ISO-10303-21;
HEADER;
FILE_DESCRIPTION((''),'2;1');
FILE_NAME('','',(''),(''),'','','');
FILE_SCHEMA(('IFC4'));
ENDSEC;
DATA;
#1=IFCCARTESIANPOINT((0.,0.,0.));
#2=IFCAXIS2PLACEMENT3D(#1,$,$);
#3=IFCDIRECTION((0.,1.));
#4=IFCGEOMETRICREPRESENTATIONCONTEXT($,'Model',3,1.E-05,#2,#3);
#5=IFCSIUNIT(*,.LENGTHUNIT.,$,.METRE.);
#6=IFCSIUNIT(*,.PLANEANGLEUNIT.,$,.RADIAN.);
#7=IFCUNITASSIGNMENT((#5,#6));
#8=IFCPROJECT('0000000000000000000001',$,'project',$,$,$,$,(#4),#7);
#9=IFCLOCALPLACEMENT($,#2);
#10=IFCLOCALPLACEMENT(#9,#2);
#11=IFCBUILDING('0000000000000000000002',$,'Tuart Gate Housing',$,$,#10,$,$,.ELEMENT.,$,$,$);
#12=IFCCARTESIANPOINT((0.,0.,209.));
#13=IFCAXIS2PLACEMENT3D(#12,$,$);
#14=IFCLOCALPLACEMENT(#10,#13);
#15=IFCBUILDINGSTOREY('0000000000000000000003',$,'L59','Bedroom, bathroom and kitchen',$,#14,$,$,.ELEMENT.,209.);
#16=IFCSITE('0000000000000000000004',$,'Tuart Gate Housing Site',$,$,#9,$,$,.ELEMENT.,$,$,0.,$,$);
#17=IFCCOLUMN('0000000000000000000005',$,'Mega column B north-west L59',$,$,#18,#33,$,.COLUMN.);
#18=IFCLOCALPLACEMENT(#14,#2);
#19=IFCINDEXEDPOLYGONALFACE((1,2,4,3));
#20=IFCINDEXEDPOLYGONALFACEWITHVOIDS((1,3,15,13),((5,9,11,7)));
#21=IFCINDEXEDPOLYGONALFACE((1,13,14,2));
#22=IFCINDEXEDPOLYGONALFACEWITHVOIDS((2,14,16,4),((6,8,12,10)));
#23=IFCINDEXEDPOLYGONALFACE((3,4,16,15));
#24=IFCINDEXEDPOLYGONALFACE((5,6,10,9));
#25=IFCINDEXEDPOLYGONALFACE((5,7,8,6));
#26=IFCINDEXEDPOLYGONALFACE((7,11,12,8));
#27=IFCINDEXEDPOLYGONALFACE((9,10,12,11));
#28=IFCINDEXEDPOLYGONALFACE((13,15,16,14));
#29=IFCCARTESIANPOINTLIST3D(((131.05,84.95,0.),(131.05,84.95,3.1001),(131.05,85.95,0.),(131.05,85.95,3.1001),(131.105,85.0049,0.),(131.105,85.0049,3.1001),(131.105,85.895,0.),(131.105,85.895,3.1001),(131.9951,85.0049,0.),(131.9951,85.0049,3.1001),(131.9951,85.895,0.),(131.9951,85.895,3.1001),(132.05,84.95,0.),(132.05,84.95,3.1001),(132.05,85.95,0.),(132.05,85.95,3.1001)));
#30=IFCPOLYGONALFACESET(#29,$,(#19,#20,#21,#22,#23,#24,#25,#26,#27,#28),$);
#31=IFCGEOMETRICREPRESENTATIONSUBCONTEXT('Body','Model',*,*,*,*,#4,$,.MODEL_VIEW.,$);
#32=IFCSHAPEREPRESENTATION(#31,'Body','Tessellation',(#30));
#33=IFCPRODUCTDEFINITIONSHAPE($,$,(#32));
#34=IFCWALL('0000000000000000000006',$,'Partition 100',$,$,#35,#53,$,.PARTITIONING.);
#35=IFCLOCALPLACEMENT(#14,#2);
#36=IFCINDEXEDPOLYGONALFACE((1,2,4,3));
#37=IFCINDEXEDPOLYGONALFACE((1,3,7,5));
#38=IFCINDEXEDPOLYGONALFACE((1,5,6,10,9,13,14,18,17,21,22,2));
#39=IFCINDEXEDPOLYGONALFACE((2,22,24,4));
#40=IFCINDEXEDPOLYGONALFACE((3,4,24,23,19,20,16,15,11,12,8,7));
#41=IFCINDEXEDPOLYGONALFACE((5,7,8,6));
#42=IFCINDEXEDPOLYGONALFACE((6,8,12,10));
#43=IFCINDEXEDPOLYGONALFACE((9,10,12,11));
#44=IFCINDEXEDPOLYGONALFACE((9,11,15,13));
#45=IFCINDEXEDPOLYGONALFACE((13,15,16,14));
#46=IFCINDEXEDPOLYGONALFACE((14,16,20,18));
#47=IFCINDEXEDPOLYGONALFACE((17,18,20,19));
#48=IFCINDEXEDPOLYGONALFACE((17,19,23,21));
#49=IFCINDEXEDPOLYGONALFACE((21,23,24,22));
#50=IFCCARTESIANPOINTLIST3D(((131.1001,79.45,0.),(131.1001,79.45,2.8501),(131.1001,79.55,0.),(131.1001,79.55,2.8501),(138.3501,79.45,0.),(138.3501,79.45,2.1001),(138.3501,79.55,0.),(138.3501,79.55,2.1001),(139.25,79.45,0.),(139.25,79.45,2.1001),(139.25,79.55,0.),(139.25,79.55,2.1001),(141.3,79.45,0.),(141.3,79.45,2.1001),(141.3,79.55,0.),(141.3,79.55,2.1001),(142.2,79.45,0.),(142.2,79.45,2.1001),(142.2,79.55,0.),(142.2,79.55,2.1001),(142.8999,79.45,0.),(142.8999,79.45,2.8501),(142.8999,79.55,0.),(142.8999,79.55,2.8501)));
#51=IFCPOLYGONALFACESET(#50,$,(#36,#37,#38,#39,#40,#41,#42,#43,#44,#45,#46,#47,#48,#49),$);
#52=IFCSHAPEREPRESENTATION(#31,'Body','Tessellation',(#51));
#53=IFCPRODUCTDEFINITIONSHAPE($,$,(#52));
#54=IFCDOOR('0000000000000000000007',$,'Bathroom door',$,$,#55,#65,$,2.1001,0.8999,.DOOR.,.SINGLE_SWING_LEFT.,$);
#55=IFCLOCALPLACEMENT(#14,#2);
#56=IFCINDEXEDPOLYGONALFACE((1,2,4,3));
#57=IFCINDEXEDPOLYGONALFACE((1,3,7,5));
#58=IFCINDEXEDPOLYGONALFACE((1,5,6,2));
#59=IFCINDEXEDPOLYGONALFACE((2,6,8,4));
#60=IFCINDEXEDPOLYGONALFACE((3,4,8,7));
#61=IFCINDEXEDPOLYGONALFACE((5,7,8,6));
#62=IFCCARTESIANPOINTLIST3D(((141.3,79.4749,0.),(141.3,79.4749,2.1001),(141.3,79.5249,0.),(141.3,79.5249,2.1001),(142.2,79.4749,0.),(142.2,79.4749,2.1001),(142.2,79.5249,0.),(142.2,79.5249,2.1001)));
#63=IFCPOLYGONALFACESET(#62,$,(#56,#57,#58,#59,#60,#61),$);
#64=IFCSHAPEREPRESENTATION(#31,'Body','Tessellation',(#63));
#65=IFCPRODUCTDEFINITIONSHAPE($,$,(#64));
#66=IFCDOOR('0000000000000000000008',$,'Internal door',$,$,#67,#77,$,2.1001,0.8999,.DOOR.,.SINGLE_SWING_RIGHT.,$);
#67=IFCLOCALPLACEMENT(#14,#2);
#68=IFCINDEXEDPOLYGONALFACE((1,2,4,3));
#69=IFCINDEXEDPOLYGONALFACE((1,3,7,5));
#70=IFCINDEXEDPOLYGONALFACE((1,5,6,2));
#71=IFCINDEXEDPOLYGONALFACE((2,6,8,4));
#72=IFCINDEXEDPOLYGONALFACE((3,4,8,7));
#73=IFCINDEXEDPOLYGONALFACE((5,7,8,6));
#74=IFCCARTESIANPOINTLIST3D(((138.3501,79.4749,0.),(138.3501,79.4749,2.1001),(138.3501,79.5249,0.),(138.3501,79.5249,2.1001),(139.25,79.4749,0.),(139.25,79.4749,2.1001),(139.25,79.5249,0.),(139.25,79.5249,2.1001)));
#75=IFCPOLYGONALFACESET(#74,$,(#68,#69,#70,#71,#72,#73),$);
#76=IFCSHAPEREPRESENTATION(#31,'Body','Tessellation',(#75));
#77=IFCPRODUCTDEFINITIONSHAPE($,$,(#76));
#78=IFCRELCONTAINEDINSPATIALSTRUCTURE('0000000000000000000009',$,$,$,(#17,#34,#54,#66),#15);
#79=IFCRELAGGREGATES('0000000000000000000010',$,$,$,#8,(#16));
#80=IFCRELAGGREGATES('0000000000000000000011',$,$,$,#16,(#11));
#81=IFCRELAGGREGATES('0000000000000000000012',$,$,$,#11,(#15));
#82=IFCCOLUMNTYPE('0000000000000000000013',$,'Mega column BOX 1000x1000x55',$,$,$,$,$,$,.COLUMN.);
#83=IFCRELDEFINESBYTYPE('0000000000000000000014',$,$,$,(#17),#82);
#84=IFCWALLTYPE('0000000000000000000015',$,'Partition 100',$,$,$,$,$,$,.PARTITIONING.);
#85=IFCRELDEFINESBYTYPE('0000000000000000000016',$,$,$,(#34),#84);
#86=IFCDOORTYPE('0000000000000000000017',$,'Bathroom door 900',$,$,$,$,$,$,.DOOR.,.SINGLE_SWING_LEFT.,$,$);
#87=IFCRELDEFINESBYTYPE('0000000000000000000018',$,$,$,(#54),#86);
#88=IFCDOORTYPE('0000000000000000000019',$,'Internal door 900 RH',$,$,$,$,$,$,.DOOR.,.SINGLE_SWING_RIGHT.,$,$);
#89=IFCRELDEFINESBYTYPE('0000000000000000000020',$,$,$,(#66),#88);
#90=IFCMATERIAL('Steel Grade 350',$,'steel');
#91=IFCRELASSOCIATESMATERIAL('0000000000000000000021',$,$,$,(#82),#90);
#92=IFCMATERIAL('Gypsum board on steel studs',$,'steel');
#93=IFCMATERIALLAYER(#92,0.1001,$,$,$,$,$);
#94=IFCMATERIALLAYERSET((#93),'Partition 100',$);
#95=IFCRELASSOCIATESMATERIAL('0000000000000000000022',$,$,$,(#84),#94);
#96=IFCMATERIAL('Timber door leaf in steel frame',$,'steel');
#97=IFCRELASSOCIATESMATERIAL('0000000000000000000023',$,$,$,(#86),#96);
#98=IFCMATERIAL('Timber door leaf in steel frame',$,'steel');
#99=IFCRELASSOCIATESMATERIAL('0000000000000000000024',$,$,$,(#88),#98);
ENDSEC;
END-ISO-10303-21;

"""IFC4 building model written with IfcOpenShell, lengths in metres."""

from ifc_helpers import new_model, si_unit, direction, frame, frame_2d, origin, origin_2d, place, context, subcontext, project, spatial, rectangle, hollow_rectangle, extrude, material, layer, layer_set, material_profile, profile_set, type_object, element, fill, save


model = new_model("IFC4")

# Units and contexts
model_context = context("Model", 3, precision=1e-05, world=origin(), true_north=direction((0.0, 1.0)))
body_context = subcontext(model_context, "Body", "Model", "MODEL_VIEW")
ifc_project = project(units=[si_unit("LENGTHUNIT", "METRE"), si_unit("PLANEANGLEUNIT", "RADIAN")], contexts=[model_context])

# Site, building, storey
site_placement = place(None, origin())
site = spatial("IfcSite", under=ifc_project, at=site_placement, Name="Tuart Gate Housing Site", CompositionType="ELEMENT", RefElevation=0.0)
building_placement = place(site_placement, origin())
building = spatial("IfcBuilding", under=site, at=building_placement, Name="Tuart Gate Housing", CompositionType="ELEMENT")
storey_placement = place(building_placement, frame((0.0, 0.0, 209.0)))
storey = spatial("IfcBuildingStorey", under=building, at=storey_placement, Name="L59", Description="Bedroom, bathroom and kitchen", CompositionType="ELEMENT", Elevation=209.0)

# Column
ifc_material_1 = material(Name="Steel Grade 350", Category="steel")
ifc_material_profile = material_profile(ifc_material_1, hollow_rectangle(XDim=1.0, YDim=1.0, WallThickness=0.0549, at=origin_2d()), Name="BOX 1000x1000x55")
ifc_profile_set = profile_set([ifc_material_profile], Name="Steel Grade 350")
column_type = type_object("IfcColumnType", Name="Mega column BOX 1000x1000x55", PredefinedType="COLUMN", material=ifc_profile_set)
column_placement = place(storey_placement, frame((131.55, 85.45, 0.0), z_axis=(0.0, 0.0, 1.0), x_axis=(1.0, 0.0, 0.0)))
element("IfcColumn", 1, at=column_placement, inside=storey, type_object=column_type, Name="Mega column B north-west L59", PredefinedType="COLUMN", context=body_context, shape_type="SweptSolid", body=[
    extrude(hollow_rectangle(XDim=1.0, YDim=1.0, WallThickness=0.0549, at=origin_2d()), origin(), (0.0, 0.0, 1.0), 3.1001),
])

# Wall, openings, doors
ifc_material_2 = material(Name="Gypsum board on steel studs", Category="steel")
ifc_layer_1 = layer(ifc_material_2, 0.1001)
ifc_layer_set_1 = layer_set([ifc_layer_1], Name="Partition 100")
wall_type_1 = type_object("IfcWallType", Name="Partition 100", PredefinedType="PARTITIONING", material=ifc_layer_set_1)
wall_1_placement = place(storey_placement, frame((131.1001, 79.5, 0.0), z_axis=(0.0, 0.0, 1.0), x_axis=(1.0, 0.0, 0.0)))
wall_1 = element("IfcWall", 2, at=wall_1_placement, inside=storey, type_object=wall_type_1, Name="Partition 100", PredefinedType="PARTITIONING", context=body_context, shape_type="SweptSolid", body=[
    extrude(rectangle(XDim=11.7998, YDim=0.1001, at=frame_2d((5.8999, 0.0))), origin(), (0.0, 0.0, 1.0), 2.8501),
])
opening_1_placement = place(wall_1_placement, frame((7.25, 0.0, 0.0)))
opening_1 = element("IfcOpeningElement", 3, at=opening_1_placement, cuts=wall_1, PredefinedType="OPENING", context=body_context, shape_type="SweptSolid", body=[
    extrude(rectangle(XDim=0.8999, YDim=2.1001, at=frame_2d((0.45, 1.05))), frame((0.0, 0.0601, 0.0), z_axis=(0.0, -1.0, 0.0), x_axis=(1.0, 0.0, 0.0)), (0.0, 0.0, 1.0), 0.1201),
])
opening_2_placement = place(wall_1_placement, frame((10.2, 0.0, 0.0)))
opening_2 = element("IfcOpeningElement", 4, at=opening_2_placement, cuts=wall_1, PredefinedType="OPENING", context=body_context, shape_type="SweptSolid", body=[
    extrude(rectangle(XDim=0.8999, YDim=2.1001, at=frame_2d((0.45, 1.05))), frame((0.0, 0.0601, 0.0), z_axis=(0.0, -1.0, 0.0), x_axis=(1.0, 0.0, 0.0)), (0.0, 0.0, 1.0), 0.1201),
])
ifc_material_3 = material(Name="Timber door leaf in steel frame", Category="steel")
door_type_1 = type_object("IfcDoorType", Name="Bathroom door 900", OperationType="SINGLE_SWING_LEFT", PredefinedType="DOOR", material=ifc_material_3)
door_1_placement = place(opening_2_placement, origin())
door_1 = element("IfcDoor", 5, at=door_1_placement, inside=storey, type_object=door_type_1, Name="Bathroom door", OperationType="SINGLE_SWING_LEFT", OverallHeight=2.1001, OverallWidth=0.8999, PredefinedType="DOOR", context=body_context, shape_type="SweptSolid", body=[
    extrude(rectangle(XDim=0.8999, YDim=2.1001, at=frame_2d((0.45, 1.05))), frame((0.0, 0.0249, 0.0), z_axis=(0.0, -1.0, 0.0), x_axis=(1.0, 0.0, 0.0)), (0.0, 0.0, 1.0), 0.05),
])
fill(opening_2, door_1)
ifc_material_4 = material(Name="Timber door leaf in steel frame", Category="steel")
door_type_2 = type_object("IfcDoorType", Name="Internal door 900 RH", OperationType="SINGLE_SWING_RIGHT", PredefinedType="DOOR", material=ifc_material_4)
door_2_placement = place(opening_1_placement, frame((0.8999, 0.0, 0.0), z_axis=(0.0, 0.0, 1.0), x_axis=(-1.0, 0.0, 0.0)))
door_2 = element("IfcDoor", 6, at=door_2_placement, inside=storey, type_object=door_type_2, Name="Internal door", OperationType="SINGLE_SWING_RIGHT", OverallHeight=2.1001, OverallWidth=0.8999, PredefinedType="DOOR", context=body_context, shape_type="SweptSolid", body=[
    extrude(rectangle(XDim=0.8999, YDim=2.1001, at=frame_2d((0.45, 1.05))), frame((0.0, 0.0251, 0.0), z_axis=(0.0, -1.0, 0.0), x_axis=(1.0, 0.0, 0.0)), (0.0, 0.0, 1.0), 0.05),
])
fill(opening_1, door_2)

save(model, "model.ifc")
